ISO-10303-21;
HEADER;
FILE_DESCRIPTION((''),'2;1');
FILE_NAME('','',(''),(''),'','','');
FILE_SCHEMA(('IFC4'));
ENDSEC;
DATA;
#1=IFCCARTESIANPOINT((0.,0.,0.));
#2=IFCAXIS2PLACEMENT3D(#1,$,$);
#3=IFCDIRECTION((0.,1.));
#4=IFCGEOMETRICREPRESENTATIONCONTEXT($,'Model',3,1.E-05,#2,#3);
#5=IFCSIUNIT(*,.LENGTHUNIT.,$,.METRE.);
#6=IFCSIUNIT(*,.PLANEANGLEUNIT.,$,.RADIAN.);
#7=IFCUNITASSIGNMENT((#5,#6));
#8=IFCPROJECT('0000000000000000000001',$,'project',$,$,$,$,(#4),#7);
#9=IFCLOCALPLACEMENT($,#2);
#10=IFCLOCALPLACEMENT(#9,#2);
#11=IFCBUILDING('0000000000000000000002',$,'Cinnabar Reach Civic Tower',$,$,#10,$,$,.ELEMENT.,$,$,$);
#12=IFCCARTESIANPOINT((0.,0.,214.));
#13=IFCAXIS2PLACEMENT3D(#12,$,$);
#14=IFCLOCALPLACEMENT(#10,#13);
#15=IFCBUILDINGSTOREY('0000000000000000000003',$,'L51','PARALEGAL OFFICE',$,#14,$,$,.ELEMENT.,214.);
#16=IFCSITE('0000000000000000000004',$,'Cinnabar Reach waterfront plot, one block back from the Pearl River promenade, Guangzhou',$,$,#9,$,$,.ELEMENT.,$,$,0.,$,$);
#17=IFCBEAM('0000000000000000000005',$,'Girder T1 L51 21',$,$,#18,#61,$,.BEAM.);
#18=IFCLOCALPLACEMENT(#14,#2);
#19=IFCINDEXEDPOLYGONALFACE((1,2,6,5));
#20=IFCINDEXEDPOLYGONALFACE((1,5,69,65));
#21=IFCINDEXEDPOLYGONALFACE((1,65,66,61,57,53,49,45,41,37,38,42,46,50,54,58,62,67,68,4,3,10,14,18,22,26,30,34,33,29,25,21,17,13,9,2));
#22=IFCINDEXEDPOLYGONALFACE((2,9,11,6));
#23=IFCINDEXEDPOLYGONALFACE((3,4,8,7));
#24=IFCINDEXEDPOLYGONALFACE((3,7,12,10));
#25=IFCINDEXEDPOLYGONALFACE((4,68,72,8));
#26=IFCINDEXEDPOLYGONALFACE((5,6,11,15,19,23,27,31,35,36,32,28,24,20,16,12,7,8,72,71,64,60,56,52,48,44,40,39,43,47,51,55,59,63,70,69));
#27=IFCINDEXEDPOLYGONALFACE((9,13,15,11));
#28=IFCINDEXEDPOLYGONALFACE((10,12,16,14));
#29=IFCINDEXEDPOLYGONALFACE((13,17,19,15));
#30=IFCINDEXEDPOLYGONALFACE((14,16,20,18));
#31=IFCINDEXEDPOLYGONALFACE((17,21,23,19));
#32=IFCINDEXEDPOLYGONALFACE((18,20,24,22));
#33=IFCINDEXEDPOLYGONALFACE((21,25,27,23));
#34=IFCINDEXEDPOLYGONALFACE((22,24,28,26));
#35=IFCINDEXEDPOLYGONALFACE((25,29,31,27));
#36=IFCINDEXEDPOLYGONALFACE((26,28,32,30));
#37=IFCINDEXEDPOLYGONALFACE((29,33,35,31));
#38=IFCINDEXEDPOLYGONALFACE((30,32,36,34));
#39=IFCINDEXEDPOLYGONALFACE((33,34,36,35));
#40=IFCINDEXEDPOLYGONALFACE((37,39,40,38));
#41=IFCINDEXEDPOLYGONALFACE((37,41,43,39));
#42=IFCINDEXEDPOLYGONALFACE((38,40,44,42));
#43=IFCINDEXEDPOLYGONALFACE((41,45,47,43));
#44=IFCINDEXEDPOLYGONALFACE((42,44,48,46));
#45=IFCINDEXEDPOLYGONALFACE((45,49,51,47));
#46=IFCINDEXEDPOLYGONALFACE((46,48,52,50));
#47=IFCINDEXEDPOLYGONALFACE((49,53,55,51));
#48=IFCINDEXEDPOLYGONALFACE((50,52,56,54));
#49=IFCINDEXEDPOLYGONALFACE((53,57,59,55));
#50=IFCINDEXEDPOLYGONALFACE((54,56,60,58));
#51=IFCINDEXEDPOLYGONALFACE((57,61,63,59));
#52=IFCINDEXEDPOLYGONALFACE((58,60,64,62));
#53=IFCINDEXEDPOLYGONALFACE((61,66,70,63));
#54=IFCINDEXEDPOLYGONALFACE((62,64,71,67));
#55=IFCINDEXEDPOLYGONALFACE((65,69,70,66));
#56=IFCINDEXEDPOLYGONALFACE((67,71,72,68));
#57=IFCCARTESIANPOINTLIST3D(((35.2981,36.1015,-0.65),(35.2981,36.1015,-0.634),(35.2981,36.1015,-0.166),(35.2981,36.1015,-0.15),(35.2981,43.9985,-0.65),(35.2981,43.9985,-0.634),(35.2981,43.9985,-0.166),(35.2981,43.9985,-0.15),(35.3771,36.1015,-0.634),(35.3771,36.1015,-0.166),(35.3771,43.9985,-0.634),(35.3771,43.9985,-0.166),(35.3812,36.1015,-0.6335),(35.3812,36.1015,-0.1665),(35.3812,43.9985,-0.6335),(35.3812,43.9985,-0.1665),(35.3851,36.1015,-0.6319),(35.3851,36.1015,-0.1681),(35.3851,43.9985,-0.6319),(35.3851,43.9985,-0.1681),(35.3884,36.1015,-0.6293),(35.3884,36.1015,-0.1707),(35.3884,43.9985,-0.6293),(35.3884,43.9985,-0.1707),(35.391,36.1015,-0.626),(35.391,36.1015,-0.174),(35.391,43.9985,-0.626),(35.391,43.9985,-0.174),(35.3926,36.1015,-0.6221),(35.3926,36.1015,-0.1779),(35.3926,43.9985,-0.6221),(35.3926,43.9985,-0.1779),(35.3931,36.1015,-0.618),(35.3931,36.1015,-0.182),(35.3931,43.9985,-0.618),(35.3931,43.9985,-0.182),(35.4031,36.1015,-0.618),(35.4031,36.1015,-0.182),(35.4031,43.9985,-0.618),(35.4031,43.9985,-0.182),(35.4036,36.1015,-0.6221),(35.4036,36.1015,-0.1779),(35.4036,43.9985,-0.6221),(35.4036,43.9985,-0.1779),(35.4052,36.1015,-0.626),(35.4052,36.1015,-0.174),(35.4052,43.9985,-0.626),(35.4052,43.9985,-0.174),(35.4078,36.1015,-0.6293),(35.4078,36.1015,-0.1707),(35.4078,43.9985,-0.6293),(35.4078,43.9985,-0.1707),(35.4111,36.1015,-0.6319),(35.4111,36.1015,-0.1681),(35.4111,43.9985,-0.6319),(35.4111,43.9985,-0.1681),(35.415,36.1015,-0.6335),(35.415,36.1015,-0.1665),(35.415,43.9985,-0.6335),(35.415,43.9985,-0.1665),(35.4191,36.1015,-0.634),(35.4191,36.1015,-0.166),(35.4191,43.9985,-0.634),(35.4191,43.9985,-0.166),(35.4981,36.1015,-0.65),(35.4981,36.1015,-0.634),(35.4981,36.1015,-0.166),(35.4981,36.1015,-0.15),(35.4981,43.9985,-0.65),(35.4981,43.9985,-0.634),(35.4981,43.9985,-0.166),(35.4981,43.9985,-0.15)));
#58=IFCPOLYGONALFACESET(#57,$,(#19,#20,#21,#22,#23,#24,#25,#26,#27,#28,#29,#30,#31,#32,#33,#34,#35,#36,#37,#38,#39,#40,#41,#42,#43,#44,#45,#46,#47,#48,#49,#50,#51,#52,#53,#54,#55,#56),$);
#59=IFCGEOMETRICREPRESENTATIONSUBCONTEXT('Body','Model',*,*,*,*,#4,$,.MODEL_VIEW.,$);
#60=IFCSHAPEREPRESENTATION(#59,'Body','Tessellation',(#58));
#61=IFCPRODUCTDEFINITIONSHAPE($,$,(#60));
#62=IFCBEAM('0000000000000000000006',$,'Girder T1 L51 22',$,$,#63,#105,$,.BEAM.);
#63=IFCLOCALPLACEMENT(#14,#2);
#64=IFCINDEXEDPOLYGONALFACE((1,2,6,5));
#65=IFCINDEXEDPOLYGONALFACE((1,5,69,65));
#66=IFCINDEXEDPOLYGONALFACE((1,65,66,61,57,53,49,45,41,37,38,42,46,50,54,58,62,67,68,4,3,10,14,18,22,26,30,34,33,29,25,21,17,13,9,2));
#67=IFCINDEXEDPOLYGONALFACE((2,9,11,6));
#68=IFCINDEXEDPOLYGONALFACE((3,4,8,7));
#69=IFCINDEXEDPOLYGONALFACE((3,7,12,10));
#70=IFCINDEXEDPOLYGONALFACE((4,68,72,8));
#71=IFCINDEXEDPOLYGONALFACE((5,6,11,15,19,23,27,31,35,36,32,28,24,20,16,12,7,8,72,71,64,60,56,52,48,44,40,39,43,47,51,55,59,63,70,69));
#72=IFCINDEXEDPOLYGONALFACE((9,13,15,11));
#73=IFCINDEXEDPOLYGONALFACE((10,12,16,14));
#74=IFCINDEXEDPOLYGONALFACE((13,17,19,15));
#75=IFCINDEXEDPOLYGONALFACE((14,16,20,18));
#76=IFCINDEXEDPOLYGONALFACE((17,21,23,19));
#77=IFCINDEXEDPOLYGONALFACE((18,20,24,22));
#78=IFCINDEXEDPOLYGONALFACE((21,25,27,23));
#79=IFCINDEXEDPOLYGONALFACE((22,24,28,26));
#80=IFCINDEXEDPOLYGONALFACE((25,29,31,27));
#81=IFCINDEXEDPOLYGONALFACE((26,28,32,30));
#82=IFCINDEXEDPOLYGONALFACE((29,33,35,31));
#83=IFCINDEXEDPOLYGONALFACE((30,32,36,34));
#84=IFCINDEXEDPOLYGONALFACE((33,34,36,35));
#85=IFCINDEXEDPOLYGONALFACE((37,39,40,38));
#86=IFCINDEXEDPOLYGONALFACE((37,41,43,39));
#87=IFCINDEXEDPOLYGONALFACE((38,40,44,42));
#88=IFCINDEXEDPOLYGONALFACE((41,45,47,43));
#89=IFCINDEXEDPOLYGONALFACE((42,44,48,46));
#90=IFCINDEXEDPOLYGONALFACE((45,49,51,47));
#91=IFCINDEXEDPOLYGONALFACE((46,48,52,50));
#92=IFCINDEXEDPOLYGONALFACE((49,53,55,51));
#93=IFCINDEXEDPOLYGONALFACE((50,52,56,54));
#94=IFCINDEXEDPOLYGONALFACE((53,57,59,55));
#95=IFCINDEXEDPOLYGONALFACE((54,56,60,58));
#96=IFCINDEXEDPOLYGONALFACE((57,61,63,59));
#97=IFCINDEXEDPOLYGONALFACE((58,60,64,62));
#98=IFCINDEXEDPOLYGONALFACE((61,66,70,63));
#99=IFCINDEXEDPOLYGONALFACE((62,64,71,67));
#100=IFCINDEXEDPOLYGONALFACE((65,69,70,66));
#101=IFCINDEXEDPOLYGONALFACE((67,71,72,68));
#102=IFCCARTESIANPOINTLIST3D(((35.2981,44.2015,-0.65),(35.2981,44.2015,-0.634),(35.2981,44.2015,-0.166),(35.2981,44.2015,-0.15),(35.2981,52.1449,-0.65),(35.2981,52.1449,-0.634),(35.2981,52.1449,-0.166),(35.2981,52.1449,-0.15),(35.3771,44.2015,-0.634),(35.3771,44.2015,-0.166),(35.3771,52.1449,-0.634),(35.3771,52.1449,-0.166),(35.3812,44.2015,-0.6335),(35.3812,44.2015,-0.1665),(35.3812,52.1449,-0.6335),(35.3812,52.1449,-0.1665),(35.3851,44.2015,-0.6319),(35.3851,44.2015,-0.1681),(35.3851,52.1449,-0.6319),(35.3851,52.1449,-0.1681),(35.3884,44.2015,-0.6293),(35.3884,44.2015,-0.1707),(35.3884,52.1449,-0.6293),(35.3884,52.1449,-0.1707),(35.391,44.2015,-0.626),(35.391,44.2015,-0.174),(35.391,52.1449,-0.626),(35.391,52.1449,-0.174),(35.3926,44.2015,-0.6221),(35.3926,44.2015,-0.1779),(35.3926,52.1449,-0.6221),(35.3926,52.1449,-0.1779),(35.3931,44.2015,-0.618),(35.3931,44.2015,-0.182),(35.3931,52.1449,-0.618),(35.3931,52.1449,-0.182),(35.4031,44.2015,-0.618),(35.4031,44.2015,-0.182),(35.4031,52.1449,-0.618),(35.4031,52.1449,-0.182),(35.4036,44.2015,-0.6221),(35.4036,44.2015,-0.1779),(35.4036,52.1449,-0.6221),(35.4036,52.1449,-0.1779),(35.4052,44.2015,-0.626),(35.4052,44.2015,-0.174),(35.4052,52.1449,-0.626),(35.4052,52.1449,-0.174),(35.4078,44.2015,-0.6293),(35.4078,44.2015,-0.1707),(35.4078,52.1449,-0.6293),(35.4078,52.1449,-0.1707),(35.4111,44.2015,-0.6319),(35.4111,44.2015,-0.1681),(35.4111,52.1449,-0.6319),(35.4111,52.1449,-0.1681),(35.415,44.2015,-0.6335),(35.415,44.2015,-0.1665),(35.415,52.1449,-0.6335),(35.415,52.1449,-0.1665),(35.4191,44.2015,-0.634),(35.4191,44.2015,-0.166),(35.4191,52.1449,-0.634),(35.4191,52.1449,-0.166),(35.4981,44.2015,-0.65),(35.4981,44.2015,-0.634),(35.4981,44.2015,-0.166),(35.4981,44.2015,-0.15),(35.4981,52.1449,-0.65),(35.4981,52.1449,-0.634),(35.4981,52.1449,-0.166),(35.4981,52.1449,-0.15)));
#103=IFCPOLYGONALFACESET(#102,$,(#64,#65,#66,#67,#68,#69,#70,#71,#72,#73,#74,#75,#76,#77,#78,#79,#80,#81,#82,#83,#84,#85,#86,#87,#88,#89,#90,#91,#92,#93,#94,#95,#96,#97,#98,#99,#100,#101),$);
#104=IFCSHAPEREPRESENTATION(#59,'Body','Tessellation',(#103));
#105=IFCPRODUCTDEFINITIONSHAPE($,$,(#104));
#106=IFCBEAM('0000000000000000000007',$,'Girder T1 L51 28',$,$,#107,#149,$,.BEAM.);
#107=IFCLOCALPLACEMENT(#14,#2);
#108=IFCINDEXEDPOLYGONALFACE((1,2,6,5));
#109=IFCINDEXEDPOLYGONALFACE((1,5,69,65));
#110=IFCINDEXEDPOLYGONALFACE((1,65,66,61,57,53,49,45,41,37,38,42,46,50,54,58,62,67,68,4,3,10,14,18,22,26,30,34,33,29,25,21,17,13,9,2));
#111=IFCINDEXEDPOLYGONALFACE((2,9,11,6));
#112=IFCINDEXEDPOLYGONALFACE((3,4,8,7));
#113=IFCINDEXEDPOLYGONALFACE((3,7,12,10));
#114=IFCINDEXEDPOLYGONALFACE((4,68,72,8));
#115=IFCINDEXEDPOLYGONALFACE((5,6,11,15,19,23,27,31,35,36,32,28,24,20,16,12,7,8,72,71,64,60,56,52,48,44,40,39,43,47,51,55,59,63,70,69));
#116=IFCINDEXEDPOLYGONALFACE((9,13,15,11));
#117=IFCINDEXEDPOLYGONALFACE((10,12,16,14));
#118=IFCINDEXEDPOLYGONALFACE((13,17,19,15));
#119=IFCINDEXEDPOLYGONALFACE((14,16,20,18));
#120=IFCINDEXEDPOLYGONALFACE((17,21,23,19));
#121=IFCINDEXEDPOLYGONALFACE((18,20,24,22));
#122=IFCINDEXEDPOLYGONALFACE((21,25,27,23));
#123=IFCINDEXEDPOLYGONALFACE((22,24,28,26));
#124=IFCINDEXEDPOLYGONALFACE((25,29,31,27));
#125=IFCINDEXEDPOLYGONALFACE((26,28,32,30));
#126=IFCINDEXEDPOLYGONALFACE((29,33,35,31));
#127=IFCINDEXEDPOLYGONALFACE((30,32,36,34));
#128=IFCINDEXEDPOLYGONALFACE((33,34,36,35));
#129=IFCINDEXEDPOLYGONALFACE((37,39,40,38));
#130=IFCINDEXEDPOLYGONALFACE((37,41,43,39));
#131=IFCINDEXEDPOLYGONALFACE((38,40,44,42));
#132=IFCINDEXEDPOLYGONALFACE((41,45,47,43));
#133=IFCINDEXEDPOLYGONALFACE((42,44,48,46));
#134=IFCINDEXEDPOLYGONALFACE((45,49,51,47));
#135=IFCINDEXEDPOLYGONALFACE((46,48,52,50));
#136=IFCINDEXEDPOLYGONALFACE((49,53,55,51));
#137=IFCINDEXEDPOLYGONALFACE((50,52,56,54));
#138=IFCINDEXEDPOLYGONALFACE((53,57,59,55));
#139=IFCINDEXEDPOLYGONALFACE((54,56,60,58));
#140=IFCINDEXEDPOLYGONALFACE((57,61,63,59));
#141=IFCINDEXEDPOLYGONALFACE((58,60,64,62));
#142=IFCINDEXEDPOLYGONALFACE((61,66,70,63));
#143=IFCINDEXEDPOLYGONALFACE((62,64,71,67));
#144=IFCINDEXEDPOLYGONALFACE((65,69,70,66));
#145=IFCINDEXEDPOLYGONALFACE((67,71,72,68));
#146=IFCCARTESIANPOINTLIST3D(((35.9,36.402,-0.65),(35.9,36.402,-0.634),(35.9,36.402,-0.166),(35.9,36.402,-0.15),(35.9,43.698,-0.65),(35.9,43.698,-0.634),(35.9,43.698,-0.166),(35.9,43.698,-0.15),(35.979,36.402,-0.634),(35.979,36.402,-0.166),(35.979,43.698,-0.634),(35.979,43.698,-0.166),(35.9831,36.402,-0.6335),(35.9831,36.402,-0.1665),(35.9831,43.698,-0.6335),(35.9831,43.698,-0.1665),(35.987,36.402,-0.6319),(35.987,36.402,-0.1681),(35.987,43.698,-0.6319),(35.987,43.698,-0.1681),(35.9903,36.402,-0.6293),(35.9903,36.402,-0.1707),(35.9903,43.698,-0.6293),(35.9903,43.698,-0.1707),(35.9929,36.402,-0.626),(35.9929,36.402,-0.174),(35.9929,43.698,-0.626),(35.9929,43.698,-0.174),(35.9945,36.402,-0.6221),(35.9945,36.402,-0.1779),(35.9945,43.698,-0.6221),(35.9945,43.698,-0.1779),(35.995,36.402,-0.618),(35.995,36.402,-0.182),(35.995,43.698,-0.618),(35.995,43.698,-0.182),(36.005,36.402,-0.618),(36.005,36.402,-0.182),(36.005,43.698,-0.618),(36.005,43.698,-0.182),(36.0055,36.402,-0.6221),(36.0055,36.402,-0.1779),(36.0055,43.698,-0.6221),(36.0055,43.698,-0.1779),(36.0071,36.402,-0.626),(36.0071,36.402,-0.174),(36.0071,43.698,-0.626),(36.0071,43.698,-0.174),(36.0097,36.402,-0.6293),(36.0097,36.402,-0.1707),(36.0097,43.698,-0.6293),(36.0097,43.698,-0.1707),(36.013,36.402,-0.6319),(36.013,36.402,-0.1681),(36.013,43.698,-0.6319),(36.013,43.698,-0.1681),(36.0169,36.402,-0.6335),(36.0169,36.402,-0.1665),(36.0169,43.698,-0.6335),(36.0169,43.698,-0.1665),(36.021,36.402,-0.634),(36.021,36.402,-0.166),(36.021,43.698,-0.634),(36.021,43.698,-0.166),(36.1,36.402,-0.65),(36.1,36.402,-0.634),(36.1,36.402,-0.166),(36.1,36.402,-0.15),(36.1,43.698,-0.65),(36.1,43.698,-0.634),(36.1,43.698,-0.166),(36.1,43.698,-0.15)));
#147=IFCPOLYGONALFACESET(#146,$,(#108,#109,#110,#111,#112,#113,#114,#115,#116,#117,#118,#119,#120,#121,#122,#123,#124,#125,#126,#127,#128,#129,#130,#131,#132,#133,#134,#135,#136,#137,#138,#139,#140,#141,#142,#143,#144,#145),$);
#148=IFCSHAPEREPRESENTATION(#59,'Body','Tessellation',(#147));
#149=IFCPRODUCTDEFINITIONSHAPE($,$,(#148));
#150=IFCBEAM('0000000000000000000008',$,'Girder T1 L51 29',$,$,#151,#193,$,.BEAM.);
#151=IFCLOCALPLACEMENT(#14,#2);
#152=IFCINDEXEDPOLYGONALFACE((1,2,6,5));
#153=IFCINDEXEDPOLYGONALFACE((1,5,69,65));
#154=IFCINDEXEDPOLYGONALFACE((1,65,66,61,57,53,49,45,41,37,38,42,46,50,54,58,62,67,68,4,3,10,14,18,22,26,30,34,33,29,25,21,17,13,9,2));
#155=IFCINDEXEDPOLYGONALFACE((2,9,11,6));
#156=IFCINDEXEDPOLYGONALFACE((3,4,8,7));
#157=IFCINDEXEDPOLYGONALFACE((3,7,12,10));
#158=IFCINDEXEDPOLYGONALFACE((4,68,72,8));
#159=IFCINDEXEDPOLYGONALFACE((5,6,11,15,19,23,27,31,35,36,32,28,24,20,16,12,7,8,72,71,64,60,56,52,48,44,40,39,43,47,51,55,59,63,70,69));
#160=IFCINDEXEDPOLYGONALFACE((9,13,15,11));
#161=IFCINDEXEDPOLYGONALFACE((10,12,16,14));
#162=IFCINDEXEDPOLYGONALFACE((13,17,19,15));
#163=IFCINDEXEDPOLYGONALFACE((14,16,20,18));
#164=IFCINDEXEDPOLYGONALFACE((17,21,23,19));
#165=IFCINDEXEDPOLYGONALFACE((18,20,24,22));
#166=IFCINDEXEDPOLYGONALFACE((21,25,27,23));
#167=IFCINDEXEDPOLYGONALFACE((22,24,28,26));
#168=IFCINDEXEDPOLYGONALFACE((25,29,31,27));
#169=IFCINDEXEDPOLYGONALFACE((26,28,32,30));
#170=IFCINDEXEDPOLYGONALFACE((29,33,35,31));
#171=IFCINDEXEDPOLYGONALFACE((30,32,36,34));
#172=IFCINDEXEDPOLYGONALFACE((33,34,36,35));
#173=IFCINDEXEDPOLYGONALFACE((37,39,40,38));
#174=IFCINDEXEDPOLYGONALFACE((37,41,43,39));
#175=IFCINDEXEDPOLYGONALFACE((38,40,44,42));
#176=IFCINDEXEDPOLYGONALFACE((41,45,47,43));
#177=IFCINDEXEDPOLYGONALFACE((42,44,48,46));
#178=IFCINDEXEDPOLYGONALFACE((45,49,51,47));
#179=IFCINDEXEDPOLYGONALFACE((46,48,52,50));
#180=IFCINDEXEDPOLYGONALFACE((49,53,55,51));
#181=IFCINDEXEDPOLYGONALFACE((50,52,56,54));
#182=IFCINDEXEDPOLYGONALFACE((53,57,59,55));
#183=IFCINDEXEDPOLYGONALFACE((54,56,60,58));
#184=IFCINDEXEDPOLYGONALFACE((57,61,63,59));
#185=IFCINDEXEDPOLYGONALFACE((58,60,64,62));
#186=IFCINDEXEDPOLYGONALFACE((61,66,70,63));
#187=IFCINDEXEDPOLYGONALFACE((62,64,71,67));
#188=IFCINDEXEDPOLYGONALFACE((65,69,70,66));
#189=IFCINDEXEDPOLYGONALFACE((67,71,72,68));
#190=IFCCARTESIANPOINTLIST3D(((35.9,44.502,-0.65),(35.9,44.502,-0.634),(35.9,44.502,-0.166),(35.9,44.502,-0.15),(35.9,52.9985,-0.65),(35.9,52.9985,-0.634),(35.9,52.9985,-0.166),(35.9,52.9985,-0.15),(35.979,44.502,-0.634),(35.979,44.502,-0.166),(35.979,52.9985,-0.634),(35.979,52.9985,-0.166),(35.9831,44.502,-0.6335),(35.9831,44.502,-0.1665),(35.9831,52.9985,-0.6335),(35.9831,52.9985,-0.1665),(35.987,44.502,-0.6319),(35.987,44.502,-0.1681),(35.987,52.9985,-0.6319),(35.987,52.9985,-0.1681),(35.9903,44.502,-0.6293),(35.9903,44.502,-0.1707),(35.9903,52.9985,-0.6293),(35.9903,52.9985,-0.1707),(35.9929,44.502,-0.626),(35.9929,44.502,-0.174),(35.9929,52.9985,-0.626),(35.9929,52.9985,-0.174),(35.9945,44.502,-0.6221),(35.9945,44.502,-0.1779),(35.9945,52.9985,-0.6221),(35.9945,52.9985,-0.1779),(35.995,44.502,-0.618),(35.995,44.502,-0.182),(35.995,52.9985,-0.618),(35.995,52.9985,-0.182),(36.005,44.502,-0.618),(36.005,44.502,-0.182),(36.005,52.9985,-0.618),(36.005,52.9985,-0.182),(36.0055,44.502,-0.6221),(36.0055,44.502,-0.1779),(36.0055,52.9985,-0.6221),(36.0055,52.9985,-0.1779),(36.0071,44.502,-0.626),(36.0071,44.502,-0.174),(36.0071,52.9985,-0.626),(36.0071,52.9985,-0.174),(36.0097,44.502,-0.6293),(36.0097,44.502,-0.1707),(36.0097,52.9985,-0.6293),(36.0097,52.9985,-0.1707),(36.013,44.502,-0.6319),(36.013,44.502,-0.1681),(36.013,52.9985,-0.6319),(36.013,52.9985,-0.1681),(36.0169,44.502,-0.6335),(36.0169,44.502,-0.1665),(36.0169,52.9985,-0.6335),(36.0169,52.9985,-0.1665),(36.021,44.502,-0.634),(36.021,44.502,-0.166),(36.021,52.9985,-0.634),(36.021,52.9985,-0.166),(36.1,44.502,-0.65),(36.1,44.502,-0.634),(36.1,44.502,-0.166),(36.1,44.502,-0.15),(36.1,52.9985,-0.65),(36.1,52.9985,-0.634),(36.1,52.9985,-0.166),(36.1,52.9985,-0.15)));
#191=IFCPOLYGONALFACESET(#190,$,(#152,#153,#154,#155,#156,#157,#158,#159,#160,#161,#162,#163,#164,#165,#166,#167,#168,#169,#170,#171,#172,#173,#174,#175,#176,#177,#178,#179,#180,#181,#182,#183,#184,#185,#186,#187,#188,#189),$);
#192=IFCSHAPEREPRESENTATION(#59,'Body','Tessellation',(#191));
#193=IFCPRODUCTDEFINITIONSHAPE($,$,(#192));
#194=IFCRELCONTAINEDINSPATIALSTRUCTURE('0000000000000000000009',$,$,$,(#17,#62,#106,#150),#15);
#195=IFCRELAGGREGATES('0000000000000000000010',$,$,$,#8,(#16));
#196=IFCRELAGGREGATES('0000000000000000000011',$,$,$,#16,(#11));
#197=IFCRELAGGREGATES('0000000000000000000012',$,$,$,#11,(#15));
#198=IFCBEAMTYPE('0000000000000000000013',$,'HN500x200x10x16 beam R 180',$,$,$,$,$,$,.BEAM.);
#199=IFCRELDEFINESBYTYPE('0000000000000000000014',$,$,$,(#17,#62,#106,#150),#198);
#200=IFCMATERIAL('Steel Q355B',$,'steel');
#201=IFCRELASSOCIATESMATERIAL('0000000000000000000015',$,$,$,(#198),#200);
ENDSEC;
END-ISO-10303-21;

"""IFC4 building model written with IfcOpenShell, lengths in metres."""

from ifc_helpers import new_model, si_unit, direction, frame, origin, origin_2d, place, context, subcontext, project, spatial, i_section, extrude, material, material_profile, profile_set, type_object, element, save


model = new_model("IFC4")

# Units and contexts
model_context = context("Model", 3, precision=1e-05, world=origin(), true_north=direction((0.0, 1.0)))
body_context = subcontext(model_context, "Body", "Model", "MODEL_VIEW")
ifc_project = project(units=[si_unit("LENGTHUNIT", "METRE"), si_unit("PLANEANGLEUNIT", "RADIAN")], contexts=[model_context])

# Site, building, storey
site_placement = place(None, origin())
site = spatial("IfcSite", under=ifc_project, at=site_placement, Name="Cinnabar Reach waterfront plot, one block back from the Pearl River promenade, Guangzhou", CompositionType="ELEMENT", RefElevation=0.0)
building_placement = place(site_placement, origin())
building = spatial("IfcBuilding", under=site, at=building_placement, Name="Cinnabar Reach Civic Tower", CompositionType="ELEMENT")
storey_placement = place(building_placement, frame((0.0, 0.0, 214.0)))
storey = spatial("IfcBuildingStorey", under=building, at=storey_placement, Name="L51", Description="PARALEGAL OFFICE", CompositionType="ELEMENT", Elevation=214.0)

# Beams
ifc_material_1 = material(Name="Steel Q355B", Category="steel")
ifc_material_profile_1 = material_profile(ifc_material_1, i_section(OverallWidth=0.2, OverallDepth=0.5, WebThickness=0.01, FlangeThickness=0.016, FilletRadius=0.016, at=origin_2d()), Name="HN500x200x10x16")
ifc_profile_set_1 = profile_set([ifc_material_profile_1], Name="Steel Q355B")
beam_type_1 = type_object("IfcBeamType", Name="HN500x200x10x16 beam R 180", PredefinedType="BEAM", material=ifc_profile_set_1)
beam_1_placement = place(storey_placement, frame((35.3981, 36.1015, -0.4), z_axis=(0.0, 1.0, 0.0), x_axis=(-1.0, 0.0, 0.0)))
element("IfcBeam", 1, at=beam_1_placement, inside=storey, type_object=beam_type_1, Name="Girder T1 L51 21", PredefinedType="BEAM", context=body_context, shape_type="SweptSolid", body=[
    extrude(i_section(OverallWidth=0.2, OverallDepth=0.5, WebThickness=0.01, FlangeThickness=0.016, FilletRadius=0.016, at=origin_2d()), origin(), (0.0, 0.0, 1.0), 7.897),
])
beam_2_placement = place(storey_placement, frame((35.3981, 44.2015, -0.4), z_axis=(0.0, 1.0, 0.0), x_axis=(-1.0, 0.0, 0.0)))
element("IfcBeam", 2, at=beam_2_placement, inside=storey, type_object=beam_type_1, Name="Girder T1 L51 22", PredefinedType="BEAM", context=body_context, shape_type="SweptSolid", body=[
    extrude(i_section(OverallWidth=0.2, OverallDepth=0.5, WebThickness=0.01, FlangeThickness=0.016, FilletRadius=0.016, at=origin_2d()), origin(), (0.0, 0.0, 1.0), 7.9434),
])
beam_3_placement = place(storey_placement, frame((36.0, 36.402, -0.4), z_axis=(0.0, 1.0, 0.0), x_axis=(-1.0, 0.0, 0.0)))
element("IfcBeam", 3, at=beam_3_placement, inside=storey, type_object=beam_type_1, Name="Girder T1 L51 28", PredefinedType="BEAM", context=body_context, shape_type="SweptSolid", body=[
    extrude(i_section(OverallWidth=0.2, OverallDepth=0.5, WebThickness=0.01, FlangeThickness=0.016, FilletRadius=0.016, at=origin_2d()), origin(), (0.0, 0.0, 1.0), 7.296),
])
beam_4_placement = place(storey_placement, frame((36.0, 44.502, -0.4), z_axis=(0.0, 1.0, 0.0), x_axis=(-1.0, 0.0, 0.0)))
element("IfcBeam", 4, at=beam_4_placement, inside=storey, type_object=beam_type_1, Name="Girder T1 L51 29", PredefinedType="BEAM", context=body_context, shape_type="SweptSolid", body=[
    extrude(i_section(OverallWidth=0.2, OverallDepth=0.5, WebThickness=0.01, FlangeThickness=0.016, FilletRadius=0.016, at=origin_2d()), origin(), (0.0, 0.0, 1.0), 8.4965),
])

save(model, "model.ifc")
